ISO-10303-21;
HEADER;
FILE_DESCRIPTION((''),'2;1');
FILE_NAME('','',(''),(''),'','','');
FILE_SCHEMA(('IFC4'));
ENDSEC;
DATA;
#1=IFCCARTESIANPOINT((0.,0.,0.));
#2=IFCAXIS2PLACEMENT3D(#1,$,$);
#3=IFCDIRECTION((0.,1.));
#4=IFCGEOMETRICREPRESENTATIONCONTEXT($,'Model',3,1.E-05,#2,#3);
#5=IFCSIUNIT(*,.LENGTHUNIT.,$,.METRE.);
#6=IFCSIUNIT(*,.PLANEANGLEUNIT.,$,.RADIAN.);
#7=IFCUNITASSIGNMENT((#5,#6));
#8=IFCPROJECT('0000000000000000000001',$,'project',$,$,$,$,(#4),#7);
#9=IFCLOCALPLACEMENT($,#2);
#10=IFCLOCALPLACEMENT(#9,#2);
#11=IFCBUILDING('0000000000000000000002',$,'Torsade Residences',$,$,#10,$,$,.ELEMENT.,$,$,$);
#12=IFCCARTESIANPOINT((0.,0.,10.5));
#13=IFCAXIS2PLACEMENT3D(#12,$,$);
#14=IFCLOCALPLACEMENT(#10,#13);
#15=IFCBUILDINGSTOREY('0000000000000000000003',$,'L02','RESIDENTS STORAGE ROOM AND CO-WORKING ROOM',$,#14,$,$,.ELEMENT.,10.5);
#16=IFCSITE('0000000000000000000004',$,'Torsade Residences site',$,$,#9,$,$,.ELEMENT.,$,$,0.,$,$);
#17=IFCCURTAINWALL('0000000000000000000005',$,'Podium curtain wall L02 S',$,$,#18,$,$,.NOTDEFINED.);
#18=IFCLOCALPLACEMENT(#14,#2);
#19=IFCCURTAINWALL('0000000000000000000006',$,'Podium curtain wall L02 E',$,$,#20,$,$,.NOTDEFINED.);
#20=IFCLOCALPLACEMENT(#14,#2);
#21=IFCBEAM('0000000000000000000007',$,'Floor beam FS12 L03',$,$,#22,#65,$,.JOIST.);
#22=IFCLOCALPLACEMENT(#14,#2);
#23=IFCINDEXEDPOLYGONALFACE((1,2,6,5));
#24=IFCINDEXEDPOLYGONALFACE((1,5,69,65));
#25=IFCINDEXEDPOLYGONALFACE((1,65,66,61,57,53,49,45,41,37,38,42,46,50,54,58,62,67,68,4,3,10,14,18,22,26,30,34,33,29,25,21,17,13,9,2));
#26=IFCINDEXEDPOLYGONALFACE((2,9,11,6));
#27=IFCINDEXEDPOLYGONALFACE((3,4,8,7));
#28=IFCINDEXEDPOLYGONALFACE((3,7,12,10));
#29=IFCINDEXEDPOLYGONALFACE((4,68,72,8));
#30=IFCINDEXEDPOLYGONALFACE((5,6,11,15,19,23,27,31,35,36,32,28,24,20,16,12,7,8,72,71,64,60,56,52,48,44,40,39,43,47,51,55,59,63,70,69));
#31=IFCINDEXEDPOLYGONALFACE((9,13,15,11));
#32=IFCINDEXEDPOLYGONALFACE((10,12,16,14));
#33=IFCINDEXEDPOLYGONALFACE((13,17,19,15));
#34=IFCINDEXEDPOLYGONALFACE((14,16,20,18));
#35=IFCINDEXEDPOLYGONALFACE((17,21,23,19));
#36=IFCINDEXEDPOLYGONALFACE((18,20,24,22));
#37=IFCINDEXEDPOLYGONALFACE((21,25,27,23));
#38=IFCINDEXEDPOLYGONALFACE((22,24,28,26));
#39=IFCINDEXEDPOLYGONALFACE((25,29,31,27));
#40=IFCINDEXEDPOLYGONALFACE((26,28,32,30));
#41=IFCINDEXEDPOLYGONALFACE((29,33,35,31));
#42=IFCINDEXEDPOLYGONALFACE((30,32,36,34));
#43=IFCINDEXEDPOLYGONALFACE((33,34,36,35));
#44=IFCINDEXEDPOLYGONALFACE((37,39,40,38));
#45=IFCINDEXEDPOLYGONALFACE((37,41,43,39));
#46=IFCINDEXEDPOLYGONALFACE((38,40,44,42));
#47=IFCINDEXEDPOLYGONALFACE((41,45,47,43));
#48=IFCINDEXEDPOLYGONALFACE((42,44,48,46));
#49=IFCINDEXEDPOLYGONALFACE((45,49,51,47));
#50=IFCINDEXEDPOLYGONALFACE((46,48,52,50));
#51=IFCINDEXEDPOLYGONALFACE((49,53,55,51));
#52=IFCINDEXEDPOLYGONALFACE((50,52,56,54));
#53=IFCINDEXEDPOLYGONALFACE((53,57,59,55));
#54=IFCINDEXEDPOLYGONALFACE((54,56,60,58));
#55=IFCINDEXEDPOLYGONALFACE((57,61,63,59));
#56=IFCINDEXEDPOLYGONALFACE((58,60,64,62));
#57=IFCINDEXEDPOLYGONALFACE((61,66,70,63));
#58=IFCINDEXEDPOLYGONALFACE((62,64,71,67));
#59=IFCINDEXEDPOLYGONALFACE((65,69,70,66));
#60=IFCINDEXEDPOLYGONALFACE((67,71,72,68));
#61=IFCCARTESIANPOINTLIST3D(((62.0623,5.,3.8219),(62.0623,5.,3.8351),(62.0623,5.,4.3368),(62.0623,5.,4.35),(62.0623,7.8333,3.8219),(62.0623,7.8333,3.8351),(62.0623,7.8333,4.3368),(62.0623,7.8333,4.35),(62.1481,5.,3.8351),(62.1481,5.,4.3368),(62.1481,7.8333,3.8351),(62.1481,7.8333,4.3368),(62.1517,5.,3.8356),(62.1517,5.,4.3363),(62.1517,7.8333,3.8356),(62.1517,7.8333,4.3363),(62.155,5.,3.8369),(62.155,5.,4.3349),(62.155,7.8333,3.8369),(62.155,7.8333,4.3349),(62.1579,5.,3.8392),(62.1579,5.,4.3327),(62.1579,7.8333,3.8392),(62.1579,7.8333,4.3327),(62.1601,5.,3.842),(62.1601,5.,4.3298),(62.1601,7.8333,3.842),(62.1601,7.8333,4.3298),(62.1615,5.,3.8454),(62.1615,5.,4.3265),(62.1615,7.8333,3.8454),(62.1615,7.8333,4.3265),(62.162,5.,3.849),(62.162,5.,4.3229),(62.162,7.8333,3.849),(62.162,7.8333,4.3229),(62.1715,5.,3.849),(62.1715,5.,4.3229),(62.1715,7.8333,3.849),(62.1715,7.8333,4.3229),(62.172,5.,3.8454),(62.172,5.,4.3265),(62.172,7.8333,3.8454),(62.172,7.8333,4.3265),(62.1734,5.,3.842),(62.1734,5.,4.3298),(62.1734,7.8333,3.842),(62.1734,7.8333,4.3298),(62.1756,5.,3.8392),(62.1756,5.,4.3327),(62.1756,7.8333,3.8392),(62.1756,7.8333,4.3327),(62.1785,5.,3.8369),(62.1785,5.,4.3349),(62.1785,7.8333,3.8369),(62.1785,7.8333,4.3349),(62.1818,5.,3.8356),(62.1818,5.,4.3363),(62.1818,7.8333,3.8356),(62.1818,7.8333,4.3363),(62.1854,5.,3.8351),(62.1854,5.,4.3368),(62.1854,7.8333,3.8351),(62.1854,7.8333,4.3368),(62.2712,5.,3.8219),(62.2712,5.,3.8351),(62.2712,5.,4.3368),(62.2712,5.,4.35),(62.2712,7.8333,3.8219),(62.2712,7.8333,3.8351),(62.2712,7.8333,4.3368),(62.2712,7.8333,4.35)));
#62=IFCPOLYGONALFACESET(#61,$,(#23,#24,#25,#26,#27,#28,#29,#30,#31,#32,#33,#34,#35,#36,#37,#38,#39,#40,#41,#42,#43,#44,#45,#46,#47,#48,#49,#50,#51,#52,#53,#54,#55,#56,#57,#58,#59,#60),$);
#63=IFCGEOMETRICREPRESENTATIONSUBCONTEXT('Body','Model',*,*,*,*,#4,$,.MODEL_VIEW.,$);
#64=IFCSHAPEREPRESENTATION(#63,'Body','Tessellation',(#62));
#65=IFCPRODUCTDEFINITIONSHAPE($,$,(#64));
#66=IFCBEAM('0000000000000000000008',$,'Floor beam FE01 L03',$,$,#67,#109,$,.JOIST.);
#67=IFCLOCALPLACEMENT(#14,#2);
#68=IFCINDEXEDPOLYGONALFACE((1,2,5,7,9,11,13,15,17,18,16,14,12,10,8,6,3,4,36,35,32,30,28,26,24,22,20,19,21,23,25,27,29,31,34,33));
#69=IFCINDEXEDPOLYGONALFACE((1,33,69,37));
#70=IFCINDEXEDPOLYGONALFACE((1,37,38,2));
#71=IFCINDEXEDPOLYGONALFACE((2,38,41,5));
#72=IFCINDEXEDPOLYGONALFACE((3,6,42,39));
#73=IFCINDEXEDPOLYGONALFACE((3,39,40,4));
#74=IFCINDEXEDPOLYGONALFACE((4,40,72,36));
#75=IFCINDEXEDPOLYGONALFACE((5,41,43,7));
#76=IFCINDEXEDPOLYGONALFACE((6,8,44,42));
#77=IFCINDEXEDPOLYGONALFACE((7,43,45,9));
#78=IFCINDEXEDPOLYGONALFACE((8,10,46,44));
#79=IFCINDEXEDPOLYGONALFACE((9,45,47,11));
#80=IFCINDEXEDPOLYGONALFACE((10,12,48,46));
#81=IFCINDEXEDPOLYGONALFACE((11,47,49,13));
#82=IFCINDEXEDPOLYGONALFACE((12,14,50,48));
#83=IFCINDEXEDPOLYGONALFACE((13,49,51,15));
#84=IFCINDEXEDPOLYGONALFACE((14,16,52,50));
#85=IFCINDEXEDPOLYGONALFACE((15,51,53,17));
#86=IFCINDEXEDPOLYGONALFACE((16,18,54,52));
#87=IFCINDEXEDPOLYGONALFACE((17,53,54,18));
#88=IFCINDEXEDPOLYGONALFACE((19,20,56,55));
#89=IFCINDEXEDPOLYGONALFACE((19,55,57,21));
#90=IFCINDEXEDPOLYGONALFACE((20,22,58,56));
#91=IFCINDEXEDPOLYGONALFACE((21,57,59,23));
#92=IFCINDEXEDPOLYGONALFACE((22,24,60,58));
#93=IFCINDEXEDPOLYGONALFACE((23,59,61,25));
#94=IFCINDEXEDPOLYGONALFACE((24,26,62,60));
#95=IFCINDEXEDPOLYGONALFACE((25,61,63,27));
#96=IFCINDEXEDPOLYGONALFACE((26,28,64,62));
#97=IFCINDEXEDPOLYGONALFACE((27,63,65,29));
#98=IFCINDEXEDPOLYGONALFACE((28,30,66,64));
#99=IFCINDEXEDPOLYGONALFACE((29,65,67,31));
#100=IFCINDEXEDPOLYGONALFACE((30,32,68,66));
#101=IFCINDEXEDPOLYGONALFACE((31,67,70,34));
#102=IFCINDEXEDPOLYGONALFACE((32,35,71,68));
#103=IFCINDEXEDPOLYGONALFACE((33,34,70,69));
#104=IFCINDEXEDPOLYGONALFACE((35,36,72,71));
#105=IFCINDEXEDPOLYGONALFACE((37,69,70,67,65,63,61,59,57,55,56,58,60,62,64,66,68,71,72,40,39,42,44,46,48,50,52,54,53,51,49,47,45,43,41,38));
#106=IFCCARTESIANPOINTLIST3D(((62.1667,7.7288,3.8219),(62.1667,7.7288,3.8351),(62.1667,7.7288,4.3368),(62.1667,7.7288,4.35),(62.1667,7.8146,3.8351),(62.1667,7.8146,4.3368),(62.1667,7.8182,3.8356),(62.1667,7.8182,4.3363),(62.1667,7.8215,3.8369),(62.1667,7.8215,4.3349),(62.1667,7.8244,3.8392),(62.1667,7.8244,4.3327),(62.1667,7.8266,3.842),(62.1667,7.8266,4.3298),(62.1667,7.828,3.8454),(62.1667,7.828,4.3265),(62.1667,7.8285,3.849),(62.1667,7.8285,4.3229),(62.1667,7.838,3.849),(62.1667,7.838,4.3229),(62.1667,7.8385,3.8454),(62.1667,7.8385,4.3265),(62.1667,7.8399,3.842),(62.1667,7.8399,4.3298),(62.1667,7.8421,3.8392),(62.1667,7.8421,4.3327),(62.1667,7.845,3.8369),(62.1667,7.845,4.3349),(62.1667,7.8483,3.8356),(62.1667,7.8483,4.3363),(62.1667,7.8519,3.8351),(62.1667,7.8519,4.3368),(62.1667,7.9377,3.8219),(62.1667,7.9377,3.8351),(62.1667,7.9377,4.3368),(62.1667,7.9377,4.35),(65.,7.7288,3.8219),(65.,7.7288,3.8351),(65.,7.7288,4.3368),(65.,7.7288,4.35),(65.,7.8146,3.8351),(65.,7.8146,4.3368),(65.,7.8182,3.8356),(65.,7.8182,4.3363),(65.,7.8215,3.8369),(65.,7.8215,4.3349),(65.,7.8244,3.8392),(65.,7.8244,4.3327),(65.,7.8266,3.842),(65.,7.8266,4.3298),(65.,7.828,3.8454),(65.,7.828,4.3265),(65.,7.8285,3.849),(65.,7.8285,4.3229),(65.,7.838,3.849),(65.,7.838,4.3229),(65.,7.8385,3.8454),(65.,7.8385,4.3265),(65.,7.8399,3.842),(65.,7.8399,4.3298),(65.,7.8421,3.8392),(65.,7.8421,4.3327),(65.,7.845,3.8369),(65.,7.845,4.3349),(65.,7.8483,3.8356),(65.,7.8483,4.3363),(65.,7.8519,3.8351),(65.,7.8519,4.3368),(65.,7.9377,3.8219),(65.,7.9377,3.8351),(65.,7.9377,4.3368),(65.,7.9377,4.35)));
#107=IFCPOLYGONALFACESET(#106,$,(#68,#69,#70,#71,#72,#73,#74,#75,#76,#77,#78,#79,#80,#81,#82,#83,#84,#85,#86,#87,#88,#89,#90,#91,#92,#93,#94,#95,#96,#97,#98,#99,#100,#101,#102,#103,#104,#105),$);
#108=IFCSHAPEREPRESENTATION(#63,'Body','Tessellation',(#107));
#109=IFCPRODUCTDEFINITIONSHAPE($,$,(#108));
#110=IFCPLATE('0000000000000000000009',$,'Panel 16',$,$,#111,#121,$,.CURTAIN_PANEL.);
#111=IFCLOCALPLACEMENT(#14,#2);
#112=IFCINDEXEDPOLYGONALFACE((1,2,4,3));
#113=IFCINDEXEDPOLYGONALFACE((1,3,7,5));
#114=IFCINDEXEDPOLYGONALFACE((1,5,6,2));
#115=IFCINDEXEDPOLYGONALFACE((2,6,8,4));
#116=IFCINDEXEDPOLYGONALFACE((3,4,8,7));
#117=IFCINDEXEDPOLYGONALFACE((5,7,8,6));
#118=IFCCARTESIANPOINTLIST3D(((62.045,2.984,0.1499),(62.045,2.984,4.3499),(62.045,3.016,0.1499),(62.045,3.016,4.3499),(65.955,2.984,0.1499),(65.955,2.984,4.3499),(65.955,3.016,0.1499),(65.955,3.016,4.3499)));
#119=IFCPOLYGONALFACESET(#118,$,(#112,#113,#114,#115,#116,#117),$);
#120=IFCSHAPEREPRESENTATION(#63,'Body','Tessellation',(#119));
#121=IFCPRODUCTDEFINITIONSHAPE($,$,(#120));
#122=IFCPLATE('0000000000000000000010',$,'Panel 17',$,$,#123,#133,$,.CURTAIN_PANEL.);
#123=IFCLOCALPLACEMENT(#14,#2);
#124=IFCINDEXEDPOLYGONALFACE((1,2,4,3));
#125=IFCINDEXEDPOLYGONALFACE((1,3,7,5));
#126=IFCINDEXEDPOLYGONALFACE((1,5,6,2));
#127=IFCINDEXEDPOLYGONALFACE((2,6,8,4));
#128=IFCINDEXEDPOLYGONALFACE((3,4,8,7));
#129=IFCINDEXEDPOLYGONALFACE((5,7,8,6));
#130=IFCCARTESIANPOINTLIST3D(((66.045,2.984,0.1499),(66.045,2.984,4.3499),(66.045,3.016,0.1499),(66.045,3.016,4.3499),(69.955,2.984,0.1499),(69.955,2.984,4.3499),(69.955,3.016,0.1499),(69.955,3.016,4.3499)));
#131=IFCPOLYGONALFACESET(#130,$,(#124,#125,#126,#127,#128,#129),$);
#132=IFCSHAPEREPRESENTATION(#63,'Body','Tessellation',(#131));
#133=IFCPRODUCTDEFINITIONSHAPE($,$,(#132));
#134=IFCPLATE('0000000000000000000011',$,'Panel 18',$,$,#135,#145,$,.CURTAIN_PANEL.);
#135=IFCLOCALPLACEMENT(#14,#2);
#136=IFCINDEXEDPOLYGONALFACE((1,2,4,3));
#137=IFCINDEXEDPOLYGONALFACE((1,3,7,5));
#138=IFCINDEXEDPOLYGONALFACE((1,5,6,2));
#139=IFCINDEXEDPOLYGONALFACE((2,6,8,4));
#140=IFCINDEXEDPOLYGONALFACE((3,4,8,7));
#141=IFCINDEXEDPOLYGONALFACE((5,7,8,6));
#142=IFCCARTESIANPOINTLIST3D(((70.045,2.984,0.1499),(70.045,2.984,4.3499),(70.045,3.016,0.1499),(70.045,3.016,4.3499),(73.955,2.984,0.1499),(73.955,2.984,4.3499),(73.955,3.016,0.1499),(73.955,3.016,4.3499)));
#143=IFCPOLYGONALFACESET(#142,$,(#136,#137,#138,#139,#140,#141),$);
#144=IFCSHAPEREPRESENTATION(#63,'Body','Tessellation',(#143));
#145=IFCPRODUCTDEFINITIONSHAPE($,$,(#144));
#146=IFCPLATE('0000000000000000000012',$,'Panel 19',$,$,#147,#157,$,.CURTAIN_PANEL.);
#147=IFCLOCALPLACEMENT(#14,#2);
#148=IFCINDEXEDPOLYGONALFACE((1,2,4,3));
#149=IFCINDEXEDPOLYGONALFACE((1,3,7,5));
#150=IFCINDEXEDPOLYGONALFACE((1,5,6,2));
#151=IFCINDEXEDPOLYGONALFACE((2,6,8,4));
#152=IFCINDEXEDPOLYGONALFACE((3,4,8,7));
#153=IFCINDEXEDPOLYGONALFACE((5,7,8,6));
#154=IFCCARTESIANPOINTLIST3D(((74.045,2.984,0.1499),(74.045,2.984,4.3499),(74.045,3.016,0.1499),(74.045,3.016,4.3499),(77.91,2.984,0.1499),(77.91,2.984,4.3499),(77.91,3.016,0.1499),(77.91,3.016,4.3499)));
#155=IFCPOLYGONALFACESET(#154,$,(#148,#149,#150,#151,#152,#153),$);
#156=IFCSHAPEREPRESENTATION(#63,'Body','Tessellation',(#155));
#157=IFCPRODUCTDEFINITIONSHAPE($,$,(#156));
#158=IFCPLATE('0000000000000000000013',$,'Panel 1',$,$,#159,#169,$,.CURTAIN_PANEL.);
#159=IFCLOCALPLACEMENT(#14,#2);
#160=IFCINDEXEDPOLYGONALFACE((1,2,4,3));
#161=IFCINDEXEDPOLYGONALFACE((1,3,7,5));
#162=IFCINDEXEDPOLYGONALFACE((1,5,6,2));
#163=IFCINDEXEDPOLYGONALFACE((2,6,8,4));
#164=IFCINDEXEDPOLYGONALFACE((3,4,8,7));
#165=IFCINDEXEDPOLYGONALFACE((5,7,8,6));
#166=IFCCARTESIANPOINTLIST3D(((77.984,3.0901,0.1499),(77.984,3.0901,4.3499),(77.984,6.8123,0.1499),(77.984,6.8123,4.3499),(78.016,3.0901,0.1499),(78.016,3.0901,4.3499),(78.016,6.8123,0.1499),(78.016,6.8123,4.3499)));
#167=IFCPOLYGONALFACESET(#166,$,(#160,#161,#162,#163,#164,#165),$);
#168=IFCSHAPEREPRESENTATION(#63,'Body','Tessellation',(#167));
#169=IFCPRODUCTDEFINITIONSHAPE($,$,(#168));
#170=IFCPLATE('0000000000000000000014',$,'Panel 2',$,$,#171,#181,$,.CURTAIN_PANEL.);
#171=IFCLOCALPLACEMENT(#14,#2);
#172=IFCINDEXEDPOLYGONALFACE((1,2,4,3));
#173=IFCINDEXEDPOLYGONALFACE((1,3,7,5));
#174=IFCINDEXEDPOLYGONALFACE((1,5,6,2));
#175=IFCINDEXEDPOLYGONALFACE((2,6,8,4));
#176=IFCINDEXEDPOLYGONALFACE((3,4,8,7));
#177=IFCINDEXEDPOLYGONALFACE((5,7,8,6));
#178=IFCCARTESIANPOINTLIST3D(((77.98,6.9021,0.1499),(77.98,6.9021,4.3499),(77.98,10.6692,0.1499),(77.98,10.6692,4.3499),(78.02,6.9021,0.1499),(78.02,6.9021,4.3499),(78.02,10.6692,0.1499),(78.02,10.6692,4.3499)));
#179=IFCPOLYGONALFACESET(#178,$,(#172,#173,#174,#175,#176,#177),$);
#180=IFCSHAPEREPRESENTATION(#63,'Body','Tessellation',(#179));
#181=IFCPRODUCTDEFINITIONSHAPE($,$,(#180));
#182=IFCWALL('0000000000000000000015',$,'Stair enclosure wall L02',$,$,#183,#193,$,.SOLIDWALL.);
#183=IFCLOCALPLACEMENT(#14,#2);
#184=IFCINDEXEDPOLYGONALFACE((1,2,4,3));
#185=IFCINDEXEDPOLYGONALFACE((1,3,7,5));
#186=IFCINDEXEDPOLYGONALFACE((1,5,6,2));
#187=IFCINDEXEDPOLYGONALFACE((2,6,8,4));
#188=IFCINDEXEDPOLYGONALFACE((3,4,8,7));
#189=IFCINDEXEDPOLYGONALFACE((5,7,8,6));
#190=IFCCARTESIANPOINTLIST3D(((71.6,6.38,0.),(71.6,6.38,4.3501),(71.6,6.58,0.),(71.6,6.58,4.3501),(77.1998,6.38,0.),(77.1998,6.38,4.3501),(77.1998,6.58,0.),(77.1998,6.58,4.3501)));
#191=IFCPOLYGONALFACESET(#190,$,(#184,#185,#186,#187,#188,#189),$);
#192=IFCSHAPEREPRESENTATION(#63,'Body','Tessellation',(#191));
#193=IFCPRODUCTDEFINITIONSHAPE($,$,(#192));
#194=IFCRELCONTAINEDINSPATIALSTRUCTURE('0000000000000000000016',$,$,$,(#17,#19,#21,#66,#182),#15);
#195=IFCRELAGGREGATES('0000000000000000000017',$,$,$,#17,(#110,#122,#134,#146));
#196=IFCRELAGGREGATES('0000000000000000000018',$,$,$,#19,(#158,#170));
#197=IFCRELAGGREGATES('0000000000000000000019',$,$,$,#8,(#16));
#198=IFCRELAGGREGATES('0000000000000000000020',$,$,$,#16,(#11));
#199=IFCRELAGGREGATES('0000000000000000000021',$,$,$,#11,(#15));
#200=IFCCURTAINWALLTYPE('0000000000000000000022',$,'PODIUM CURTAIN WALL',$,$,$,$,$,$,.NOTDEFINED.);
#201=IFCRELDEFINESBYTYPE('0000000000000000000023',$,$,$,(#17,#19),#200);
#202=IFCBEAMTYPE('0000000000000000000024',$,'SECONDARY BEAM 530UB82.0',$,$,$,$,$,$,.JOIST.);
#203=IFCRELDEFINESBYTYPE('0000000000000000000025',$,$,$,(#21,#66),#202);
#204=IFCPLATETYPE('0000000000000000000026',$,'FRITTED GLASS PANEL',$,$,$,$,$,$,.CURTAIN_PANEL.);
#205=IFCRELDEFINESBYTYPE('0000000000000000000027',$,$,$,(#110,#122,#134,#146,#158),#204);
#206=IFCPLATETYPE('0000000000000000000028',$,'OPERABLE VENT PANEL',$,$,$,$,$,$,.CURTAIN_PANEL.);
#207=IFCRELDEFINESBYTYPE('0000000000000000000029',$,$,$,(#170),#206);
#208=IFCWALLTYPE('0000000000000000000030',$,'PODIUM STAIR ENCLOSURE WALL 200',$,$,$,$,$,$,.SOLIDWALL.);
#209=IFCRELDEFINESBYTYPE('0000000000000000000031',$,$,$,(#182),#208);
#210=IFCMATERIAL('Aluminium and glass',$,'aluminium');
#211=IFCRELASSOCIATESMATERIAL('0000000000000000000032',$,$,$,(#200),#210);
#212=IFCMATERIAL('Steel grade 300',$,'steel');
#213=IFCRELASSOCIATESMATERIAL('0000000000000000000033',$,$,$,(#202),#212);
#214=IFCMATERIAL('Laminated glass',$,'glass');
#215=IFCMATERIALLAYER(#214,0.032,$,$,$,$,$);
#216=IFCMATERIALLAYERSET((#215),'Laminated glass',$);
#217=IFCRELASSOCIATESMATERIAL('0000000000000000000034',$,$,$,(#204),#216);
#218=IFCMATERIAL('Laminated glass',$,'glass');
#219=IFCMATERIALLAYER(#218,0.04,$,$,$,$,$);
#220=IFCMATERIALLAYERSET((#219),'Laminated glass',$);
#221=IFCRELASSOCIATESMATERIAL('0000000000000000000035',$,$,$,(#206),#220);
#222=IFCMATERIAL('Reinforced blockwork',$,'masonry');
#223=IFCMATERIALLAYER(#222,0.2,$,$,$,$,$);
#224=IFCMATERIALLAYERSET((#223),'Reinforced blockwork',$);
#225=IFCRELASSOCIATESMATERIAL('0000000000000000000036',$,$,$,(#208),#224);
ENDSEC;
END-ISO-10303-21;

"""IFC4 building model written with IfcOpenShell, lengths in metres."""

from ifc_helpers import new_model, si_unit, direction, frame, frame_2d, origin, origin_2d, place, context, subcontext, project, spatial, rectangle, i_section, extrude, material, layer, layer_set, material_profile, profile_set, type_object, element, aggregate, save


model = new_model("IFC4")

# Units and contexts
model_context = context("Model", 3, precision=1e-05, world=origin(), true_north=direction((0.0, 1.0)))
body_context = subcontext(model_context, "Body", "Model", "MODEL_VIEW")
ifc_project = project(units=[si_unit("LENGTHUNIT", "METRE"), si_unit("PLANEANGLEUNIT", "RADIAN")], contexts=[model_context])

# Site, building, storey
site_placement = place(None, origin())
site = spatial("IfcSite", under=ifc_project, at=site_placement, Name="Torsade Residences site", CompositionType="ELEMENT", RefElevation=0.0)
building_placement = place(site_placement, origin())
building = spatial("IfcBuilding", under=site, at=building_placement, Name="Torsade Residences", CompositionType="ELEMENT")
storey_placement = place(building_placement, frame((0.0, 0.0, 10.5)))
storey = spatial("IfcBuildingStorey", under=building, at=storey_placement, Name="L02", Description="RESIDENTS STORAGE ROOM AND CO-WORKING ROOM", CompositionType="ELEMENT", Elevation=10.5)

# Curtain walls
ifc_material_1 = material(Name="Aluminium and glass", Category="aluminium")
curtain_wall_type = type_object("IfcCurtainWallType", Name="PODIUM CURTAIN WALL", PredefinedType="NOTDEFINED", material=ifc_material_1)
curtain_wall_1_placement = place(storey_placement, origin())
curtain_wall_1 = element("IfcCurtainWall", 1, at=curtain_wall_1_placement, inside=storey, type_object=curtain_wall_type, Name="Podium curtain wall L02 S", PredefinedType="NOTDEFINED")
curtain_wall_2_placement = place(storey_placement, origin())
curtain_wall_2 = element("IfcCurtainWall", 2, at=curtain_wall_2_placement, inside=storey, type_object=curtain_wall_type, Name="Podium curtain wall L02 E", PredefinedType="NOTDEFINED")

# Beams
ifc_material_2 = material(Name="Steel grade 300", Category="steel")
ifc_material_profile_1 = material_profile(ifc_material_2, i_section(OverallWidth=0.209, OverallDepth=0.5281, WebThickness=0.0095, FlangeThickness=0.0132, FilletRadius=0.0139, at=origin_2d()), Name="530UB82.0")
ifc_profile_set_1 = profile_set([ifc_material_profile_1], Name="Steel grade 300")
beam_type_1 = type_object("IfcBeamType", Name="SECONDARY BEAM 530UB82.0", PredefinedType="JOIST", material=ifc_profile_set_1)
for number, where, z_axis, x_axis, name in (
    (3, (62.1667, 5.0, 4.0859), (0.0, 1.0, 0.0), (-1.0, 0.0, 0.0), "Floor beam FS12 L03"),
    (4, (65.0, 7.8333, 4.0859), (-1.0, 0.0, 0.0), (0.0, -1.0, 0.0), "Floor beam FE01 L03"),
):
    element("IfcBeam", number, at=place(storey_placement, frame(where, z_axis=z_axis, x_axis=x_axis)), inside=storey, type_object=beam_type_1, Name=name, PredefinedType="JOIST", context=body_context, shape_type="SweptSolid", body=[
        extrude(i_section(OverallWidth=0.209, OverallDepth=0.5281, WebThickness=0.0095, FlangeThickness=0.0132, FilletRadius=0.0139, at=origin_2d()), origin(), (0.0, 0.0, 1.0), 2.8333),
    ])

# Plates
ifc_material_3 = material(Name="Laminated glass", Category="glass")
ifc_layer_1 = layer(ifc_material_3, 0.032)
ifc_layer_set_1 = layer_set([ifc_layer_1], Name="Laminated glass")
plate_type_1 = type_object("IfcPlateType", Name="FRITTED GLASS PANEL", PredefinedType="CURTAIN_PANEL", material=ifc_layer_set_1)
plate_1_placement = place(storey_placement, frame((64.0, 3.0, 0.1499), z_axis=(0.0, 0.0, 1.0), x_axis=(1.0, 0.0, 0.0)))
plate_1 = element("IfcPlate", 5, at=plate_1_placement, type_object=plate_type_1, Name="Panel 16", PredefinedType="CURTAIN_PANEL", context=body_context, shape_type="SweptSolid", body=[
    extrude(rectangle(XDim=3.9099, YDim=0.032, at=origin_2d()), origin(), (0.0, 0.0, 1.0), 4.2),
])
plate_2_placement = place(storey_placement, frame((68.0, 3.0, 0.1499), z_axis=(0.0, 0.0, 1.0), x_axis=(1.0, 0.0, 0.0)))
plate_2 = element("IfcPlate", 6, at=plate_2_placement, type_object=plate_type_1, Name="Panel 17", PredefinedType="CURTAIN_PANEL", context=body_context, shape_type="SweptSolid", body=[
    extrude(rectangle(XDim=3.9099, YDim=0.032, at=origin_2d()), origin(), (0.0, 0.0, 1.0), 4.2),
])
plate_3_placement = place(storey_placement, frame((72.0, 3.0, 0.1499), z_axis=(0.0, 0.0, 1.0), x_axis=(1.0, 0.0, 0.0)))
plate_3 = element("IfcPlate", 7, at=plate_3_placement, type_object=plate_type_1, Name="Panel 18", PredefinedType="CURTAIN_PANEL", context=body_context, shape_type="SweptSolid", body=[
    extrude(rectangle(XDim=3.9099, YDim=0.032, at=origin_2d()), origin(), (0.0, 0.0, 1.0), 4.2),
])
plate_4_placement = place(storey_placement, frame((75.9775, 3.0, 0.1499), z_axis=(0.0, 0.0, 1.0), x_axis=(1.0, 0.0, 0.0)))
plate_4 = element("IfcPlate", 8, at=plate_4_placement, type_object=plate_type_1, Name="Panel 19", PredefinedType="CURTAIN_PANEL", context=body_context, shape_type="SweptSolid", body=[
    extrude(rectangle(XDim=3.865, YDim=0.032, at=origin_2d()), origin(), (0.0, 0.0, 1.0), 4.2),
])
aggregate(curtain_wall_1, [plate_1, plate_2, plate_3, plate_4])
plate_5_placement = place(storey_placement, frame((78.0, 4.9512, 0.1499), z_axis=(0.0, 0.0, 1.0), x_axis=(0.0, 1.0, 0.0)))
plate_5 = element("IfcPlate", 9, at=plate_5_placement, type_object=plate_type_1, Name="Panel 1", PredefinedType="CURTAIN_PANEL", context=body_context, shape_type="SweptSolid", body=[
    extrude(rectangle(XDim=3.7222, YDim=0.032, at=origin_2d()), origin(), (0.0, 0.0, 1.0), 4.2),
])
ifc_material_4 = material(Name="Laminated glass", Category="glass")
ifc_layer_2 = layer(ifc_material_4, 0.04)
ifc_layer_set_2 = layer_set([ifc_layer_2], Name="Laminated glass")
plate_type_2 = type_object("IfcPlateType", Name="OPERABLE VENT PANEL", PredefinedType="CURTAIN_PANEL", material=ifc_layer_set_2)
plate_6_placement = place(storey_placement, frame((78.0, 8.7856, 0.1499), z_axis=(0.0, 0.0, 1.0), x_axis=(0.0, 1.0, 0.0)))
plate_6 = element("IfcPlate", 10, at=plate_6_placement, type_object=plate_type_2, Name="Panel 2", PredefinedType="CURTAIN_PANEL", context=body_context, shape_type="SweptSolid", body=[
    extrude(rectangle(XDim=3.7671, YDim=0.04, at=origin_2d()), origin(), (0.0, 0.0, 1.0), 4.2),
])
aggregate(curtain_wall_2, [plate_5, plate_6])

# Wall
ifc_material_5 = material(Name="Reinforced blockwork", Category="masonry")
ifc_layer_3 = layer(ifc_material_5, 0.2)
ifc_layer_set_3 = layer_set([ifc_layer_3], Name="Reinforced blockwork")
wall_type = type_object("IfcWallType", Name="PODIUM STAIR ENCLOSURE WALL 200", PredefinedType="SOLIDWALL", material=ifc_layer_set_3)
wall_1_placement = place(storey_placement, frame((71.6001, 6.48, 0.0), z_axis=(0.0, 0.0, 1.0), x_axis=(1.0, 0.0, 0.0)))
element("IfcWall", 11, at=wall_1_placement, inside=storey, type_object=wall_type, Name="Stair enclosure wall L02", PredefinedType="SOLIDWALL", context=body_context, shape_type="SweptSolid", body=[
    extrude(rectangle(XDim=5.5999, YDim=0.2, at=frame_2d((2.7998, 0.0))), origin(), (0.0, 0.0, 1.0), 4.3501),
])

save(model, "model.ifc")
